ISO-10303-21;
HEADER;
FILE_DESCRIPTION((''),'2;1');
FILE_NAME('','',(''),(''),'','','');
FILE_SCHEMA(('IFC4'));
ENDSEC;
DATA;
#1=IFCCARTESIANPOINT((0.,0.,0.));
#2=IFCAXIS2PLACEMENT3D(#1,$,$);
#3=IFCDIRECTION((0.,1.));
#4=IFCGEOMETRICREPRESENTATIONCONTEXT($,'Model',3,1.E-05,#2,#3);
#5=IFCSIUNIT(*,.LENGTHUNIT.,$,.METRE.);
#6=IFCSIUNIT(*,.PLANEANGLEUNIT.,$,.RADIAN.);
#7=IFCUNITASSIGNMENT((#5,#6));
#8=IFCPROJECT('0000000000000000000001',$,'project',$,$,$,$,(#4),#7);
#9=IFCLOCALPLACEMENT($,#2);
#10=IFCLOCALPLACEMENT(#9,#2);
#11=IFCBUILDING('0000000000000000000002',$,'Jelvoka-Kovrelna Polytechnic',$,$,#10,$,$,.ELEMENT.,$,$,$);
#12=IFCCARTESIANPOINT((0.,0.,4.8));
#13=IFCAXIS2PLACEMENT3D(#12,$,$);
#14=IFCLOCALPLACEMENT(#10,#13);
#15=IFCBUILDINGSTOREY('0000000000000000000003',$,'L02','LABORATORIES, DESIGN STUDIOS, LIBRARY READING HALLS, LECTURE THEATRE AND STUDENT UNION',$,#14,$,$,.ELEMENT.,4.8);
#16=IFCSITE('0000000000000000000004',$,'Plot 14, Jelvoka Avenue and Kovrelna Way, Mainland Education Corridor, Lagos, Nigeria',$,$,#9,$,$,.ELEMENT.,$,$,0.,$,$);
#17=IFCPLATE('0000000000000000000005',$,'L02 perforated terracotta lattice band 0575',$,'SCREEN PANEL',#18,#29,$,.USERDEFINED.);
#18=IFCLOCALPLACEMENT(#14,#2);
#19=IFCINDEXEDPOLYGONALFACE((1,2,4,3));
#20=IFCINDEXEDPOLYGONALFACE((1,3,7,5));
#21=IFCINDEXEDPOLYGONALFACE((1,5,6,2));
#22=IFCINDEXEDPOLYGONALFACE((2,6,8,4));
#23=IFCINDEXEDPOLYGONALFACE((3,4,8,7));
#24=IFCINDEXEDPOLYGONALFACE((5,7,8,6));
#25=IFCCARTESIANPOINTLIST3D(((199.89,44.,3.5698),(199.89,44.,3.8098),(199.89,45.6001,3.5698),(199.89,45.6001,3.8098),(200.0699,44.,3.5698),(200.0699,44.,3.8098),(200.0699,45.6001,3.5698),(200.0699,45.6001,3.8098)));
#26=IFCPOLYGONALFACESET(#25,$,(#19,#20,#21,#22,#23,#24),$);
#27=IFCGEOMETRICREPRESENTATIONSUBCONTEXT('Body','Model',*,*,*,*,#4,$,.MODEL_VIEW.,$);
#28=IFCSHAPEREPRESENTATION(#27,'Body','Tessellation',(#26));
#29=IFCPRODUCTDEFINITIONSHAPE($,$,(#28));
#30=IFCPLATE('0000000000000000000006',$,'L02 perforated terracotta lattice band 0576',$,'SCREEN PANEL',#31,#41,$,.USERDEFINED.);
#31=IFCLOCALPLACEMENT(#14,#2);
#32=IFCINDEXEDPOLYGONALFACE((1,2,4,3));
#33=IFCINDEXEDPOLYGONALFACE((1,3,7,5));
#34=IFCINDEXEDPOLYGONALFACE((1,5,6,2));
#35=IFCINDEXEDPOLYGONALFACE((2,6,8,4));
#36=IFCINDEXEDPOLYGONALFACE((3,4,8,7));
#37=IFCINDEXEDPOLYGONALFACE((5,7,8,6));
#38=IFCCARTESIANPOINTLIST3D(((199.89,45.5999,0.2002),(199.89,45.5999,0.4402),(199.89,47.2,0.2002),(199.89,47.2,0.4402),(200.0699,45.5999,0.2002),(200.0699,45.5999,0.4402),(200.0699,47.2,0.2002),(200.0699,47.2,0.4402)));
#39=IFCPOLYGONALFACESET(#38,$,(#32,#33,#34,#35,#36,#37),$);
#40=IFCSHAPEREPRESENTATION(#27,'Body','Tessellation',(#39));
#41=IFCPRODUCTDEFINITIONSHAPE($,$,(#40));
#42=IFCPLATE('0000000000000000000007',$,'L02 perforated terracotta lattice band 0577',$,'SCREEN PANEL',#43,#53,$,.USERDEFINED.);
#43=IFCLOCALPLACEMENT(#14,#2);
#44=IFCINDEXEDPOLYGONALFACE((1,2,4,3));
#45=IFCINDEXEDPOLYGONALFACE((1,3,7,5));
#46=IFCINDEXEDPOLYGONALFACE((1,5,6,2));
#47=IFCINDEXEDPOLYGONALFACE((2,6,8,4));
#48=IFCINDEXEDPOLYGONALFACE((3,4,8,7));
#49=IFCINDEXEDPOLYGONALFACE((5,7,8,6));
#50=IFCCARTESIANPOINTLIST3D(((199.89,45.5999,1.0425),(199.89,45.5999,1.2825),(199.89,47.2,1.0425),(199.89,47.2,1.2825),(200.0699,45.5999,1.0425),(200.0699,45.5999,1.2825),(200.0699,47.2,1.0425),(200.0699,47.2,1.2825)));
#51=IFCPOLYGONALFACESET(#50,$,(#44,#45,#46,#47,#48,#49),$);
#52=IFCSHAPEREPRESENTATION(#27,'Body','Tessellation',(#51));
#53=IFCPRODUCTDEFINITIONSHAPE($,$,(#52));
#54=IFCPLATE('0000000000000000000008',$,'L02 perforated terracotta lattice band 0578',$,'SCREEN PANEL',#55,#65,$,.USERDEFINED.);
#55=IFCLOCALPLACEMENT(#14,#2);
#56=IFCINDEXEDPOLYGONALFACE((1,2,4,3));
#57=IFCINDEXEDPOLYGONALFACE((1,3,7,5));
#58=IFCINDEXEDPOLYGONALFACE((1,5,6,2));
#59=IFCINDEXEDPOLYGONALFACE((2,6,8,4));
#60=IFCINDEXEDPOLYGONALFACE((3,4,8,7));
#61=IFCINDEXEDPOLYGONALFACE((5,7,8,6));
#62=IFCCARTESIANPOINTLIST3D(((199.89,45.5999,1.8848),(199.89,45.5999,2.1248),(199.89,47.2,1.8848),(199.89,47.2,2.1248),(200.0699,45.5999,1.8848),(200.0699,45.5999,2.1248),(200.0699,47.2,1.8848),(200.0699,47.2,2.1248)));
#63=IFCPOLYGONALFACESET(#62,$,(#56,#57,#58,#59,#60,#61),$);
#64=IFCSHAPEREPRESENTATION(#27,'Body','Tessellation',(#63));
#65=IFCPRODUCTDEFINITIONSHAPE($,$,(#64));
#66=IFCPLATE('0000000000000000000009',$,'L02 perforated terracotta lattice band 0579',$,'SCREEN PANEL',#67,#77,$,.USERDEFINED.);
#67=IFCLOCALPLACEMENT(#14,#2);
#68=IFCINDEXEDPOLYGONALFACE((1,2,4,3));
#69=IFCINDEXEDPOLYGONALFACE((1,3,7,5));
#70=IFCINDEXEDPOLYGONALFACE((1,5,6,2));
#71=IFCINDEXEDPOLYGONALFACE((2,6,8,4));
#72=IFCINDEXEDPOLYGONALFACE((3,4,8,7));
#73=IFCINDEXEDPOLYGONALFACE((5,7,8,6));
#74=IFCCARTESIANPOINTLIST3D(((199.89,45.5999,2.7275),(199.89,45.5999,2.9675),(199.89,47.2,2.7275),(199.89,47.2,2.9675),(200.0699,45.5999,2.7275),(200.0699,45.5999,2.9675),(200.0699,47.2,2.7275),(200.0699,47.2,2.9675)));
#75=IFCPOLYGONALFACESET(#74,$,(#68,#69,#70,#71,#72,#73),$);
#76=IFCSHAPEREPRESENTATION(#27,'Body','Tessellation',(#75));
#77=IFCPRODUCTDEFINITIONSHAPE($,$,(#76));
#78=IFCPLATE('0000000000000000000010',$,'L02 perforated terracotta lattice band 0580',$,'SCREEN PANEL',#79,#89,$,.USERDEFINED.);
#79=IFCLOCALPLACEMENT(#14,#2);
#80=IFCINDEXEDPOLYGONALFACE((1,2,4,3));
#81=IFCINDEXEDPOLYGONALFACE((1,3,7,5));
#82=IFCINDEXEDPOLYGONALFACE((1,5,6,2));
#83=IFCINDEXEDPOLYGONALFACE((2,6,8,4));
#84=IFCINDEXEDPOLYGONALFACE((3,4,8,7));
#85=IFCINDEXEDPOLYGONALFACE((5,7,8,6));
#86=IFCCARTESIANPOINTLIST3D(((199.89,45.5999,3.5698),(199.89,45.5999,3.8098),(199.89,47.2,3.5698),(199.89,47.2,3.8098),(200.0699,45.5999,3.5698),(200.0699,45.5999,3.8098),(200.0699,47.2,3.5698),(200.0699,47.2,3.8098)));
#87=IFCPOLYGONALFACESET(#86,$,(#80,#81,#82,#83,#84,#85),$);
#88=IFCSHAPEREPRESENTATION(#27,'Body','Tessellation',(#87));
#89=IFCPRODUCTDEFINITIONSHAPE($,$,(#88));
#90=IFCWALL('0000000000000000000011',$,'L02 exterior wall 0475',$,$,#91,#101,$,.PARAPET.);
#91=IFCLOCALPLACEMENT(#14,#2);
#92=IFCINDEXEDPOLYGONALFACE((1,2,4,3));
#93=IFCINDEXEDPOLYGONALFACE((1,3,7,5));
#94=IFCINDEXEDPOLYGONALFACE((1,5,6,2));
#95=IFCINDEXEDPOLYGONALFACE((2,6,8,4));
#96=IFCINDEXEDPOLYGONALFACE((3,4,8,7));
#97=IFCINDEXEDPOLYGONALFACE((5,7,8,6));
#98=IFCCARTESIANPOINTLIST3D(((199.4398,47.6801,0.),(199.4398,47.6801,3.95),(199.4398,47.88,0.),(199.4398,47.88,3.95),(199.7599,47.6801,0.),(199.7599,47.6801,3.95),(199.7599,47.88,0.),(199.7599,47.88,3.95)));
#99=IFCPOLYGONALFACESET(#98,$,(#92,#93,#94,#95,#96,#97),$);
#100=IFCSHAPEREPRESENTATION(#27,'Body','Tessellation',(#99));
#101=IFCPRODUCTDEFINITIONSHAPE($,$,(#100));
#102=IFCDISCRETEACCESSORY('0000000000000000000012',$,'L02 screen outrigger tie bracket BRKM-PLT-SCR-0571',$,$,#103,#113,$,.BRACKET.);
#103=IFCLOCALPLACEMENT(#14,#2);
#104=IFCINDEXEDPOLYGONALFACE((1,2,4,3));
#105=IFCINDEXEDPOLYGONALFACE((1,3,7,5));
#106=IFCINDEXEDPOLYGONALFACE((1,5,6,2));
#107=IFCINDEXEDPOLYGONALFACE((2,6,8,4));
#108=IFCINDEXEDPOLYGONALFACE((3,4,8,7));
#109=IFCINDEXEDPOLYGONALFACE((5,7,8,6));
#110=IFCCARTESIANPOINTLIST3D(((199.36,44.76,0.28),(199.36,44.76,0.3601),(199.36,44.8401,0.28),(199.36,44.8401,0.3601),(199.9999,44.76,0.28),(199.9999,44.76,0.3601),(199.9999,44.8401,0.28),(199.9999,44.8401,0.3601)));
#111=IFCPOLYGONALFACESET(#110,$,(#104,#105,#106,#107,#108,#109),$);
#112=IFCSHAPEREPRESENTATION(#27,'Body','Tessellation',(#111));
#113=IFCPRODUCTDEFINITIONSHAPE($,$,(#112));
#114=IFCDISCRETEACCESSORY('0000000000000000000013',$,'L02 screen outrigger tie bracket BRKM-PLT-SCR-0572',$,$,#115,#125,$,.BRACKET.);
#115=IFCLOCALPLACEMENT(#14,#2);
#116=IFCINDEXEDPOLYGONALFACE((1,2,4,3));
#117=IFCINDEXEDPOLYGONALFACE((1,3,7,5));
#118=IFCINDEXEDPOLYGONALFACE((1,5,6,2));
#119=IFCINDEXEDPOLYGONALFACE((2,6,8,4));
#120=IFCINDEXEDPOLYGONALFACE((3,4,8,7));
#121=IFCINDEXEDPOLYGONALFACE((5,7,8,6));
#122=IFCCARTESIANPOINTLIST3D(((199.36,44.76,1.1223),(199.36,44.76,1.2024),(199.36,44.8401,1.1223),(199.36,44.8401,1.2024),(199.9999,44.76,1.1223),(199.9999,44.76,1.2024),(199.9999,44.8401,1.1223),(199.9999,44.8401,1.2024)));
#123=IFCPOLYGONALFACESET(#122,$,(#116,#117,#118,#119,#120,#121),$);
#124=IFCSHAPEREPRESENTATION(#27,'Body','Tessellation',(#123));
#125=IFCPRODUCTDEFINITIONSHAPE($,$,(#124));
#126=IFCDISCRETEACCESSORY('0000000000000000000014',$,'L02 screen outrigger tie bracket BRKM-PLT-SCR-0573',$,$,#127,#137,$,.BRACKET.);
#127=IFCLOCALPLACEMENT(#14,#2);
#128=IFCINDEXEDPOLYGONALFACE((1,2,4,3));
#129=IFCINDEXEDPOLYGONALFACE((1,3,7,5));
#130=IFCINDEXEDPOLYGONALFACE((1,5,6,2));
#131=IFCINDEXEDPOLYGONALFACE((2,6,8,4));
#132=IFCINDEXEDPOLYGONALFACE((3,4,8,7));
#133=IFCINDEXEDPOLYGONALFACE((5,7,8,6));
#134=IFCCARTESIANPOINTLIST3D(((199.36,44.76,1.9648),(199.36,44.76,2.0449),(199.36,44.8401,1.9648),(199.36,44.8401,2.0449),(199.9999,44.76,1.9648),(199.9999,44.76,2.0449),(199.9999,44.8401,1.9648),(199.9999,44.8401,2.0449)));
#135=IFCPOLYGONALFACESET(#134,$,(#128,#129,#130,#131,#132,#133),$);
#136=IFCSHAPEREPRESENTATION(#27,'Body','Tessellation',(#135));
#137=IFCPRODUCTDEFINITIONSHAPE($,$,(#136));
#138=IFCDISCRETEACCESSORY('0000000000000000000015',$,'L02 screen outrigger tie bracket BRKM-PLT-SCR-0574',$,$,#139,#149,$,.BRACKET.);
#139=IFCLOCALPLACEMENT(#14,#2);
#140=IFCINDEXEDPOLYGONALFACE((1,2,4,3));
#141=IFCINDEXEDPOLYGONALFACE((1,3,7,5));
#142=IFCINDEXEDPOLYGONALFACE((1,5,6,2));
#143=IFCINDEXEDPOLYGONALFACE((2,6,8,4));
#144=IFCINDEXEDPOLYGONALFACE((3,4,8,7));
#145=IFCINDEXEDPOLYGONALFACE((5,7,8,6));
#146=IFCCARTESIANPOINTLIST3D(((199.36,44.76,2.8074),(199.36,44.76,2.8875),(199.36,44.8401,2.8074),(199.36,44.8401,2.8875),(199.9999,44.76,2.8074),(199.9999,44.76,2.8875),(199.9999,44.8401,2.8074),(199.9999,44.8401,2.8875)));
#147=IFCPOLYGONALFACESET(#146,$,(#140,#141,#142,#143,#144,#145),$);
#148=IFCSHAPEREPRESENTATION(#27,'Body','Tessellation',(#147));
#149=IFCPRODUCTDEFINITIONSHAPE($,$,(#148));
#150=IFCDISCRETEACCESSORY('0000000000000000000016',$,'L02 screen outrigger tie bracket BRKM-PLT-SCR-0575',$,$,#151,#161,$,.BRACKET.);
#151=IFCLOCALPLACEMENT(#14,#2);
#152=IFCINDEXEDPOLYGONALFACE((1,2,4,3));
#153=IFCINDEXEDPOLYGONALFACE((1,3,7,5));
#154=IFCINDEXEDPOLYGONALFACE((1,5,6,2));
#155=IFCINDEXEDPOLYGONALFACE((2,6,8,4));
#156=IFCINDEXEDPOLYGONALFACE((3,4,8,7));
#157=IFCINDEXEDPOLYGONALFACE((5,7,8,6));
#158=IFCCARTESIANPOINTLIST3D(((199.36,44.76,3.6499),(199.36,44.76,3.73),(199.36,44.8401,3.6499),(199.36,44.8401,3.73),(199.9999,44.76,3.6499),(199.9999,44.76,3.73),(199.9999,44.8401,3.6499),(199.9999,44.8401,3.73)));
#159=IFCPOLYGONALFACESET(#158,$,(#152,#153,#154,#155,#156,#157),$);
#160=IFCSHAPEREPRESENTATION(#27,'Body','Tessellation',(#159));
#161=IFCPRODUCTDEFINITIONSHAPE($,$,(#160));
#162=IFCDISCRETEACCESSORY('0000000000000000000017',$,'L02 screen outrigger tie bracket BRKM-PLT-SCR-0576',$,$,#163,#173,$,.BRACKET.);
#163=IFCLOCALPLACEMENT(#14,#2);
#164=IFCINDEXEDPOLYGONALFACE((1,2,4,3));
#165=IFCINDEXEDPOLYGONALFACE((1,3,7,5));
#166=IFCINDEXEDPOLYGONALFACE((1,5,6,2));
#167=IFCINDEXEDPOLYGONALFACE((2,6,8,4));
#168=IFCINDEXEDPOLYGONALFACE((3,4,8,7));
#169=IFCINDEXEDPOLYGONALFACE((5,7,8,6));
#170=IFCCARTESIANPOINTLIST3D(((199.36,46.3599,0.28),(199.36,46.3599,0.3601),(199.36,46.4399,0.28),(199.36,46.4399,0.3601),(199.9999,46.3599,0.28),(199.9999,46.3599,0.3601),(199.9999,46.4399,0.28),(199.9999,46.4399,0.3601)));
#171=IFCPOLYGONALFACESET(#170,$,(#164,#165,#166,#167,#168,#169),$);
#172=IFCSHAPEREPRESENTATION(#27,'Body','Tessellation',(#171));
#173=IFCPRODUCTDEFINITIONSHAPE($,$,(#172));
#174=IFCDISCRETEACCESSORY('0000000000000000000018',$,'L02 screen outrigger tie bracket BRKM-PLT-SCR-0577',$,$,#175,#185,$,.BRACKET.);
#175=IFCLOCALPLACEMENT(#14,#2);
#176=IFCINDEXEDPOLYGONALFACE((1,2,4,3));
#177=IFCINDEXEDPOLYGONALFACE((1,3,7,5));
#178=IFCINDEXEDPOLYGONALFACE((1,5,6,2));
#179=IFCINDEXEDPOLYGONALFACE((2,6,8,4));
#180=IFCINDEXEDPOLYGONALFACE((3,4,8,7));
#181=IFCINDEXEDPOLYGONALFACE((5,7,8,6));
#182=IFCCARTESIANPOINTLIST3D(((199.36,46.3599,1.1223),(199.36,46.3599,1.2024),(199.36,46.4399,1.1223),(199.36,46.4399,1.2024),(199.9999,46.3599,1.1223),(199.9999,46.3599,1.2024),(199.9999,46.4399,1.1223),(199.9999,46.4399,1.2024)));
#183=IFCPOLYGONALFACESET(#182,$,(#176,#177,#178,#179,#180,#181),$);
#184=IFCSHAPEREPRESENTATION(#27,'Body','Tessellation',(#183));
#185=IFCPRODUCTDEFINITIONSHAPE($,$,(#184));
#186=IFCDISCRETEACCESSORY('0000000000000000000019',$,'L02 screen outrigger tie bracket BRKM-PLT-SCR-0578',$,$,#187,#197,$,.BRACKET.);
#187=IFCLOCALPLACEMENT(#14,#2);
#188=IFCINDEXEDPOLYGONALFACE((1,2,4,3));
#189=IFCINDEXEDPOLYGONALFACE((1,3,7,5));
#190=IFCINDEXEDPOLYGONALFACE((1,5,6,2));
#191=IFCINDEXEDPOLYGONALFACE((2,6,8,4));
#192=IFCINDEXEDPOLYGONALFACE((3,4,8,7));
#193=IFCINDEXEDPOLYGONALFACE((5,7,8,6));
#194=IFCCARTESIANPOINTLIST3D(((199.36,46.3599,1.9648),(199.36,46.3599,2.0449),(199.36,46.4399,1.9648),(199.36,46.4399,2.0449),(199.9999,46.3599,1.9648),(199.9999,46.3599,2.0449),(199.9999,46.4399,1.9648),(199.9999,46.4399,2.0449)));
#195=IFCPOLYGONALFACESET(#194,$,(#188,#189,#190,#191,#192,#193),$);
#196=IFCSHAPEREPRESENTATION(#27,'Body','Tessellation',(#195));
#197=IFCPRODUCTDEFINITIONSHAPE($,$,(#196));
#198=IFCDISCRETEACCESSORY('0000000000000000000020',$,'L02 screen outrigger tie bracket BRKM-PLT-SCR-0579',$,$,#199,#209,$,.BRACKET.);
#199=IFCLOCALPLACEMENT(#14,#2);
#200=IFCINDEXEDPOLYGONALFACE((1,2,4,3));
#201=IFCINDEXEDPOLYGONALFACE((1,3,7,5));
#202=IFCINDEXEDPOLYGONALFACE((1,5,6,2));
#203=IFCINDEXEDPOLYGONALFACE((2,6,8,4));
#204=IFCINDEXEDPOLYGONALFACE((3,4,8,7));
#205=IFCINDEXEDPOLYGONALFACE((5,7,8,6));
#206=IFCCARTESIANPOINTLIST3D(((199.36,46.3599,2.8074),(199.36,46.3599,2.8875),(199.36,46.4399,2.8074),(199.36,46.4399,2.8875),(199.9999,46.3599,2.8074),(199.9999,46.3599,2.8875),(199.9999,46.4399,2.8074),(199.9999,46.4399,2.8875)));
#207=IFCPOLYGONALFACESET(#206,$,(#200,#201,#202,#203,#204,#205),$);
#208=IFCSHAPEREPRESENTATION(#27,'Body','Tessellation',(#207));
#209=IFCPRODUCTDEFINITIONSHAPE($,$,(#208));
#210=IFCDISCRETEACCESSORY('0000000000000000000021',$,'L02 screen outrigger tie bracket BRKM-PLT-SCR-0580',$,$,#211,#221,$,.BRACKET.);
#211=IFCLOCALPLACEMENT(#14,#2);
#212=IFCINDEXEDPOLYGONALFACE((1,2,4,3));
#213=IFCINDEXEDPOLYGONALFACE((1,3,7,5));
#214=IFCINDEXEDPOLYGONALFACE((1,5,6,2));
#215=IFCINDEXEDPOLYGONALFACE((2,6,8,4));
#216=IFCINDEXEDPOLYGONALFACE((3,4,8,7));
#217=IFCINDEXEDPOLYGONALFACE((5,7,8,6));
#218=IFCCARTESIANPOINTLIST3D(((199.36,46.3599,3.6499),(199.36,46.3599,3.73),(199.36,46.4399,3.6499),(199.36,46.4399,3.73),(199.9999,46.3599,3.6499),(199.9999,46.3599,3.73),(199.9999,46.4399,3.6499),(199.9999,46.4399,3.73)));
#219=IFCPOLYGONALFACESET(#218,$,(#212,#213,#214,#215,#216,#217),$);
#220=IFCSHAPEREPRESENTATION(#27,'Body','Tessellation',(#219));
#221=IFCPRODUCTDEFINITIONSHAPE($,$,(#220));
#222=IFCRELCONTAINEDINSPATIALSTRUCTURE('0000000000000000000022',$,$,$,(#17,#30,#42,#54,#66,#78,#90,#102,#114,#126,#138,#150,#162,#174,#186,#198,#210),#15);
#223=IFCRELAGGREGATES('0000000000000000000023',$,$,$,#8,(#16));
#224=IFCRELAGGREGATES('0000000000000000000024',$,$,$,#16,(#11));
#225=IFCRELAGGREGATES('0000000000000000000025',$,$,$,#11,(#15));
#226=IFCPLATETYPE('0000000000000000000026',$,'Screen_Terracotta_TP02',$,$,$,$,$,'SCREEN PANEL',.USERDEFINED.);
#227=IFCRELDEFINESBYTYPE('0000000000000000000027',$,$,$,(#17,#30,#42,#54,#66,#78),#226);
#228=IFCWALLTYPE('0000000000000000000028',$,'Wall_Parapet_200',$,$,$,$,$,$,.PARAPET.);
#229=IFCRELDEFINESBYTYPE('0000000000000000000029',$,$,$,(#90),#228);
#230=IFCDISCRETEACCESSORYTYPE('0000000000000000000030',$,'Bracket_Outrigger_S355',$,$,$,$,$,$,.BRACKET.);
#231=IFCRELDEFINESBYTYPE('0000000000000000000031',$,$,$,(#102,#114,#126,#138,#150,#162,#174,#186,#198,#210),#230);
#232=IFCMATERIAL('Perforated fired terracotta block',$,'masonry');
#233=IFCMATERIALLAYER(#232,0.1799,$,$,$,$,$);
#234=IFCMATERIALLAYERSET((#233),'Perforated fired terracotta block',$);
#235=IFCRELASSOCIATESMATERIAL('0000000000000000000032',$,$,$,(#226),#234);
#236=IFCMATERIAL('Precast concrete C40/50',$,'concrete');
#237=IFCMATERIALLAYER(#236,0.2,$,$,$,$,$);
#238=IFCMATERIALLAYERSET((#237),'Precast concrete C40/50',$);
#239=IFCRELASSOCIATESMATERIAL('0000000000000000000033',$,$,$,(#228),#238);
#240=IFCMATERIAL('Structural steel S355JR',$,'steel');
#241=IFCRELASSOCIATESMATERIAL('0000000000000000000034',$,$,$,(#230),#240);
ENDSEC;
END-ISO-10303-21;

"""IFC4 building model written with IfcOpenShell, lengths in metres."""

from ifc_helpers import new_model, si_unit, direction, frame, frame_2d, origin, origin_2d, place, context, subcontext, project, spatial, rectangle, extrude, material, layer, layer_set, type_object, element, save


model = new_model("IFC4")

# Units and contexts
model_context = context("Model", 3, precision=1e-05, world=origin(), true_north=direction((0.0, 1.0)))
body_context = subcontext(model_context, "Body", "Model", "MODEL_VIEW")
ifc_project = project(units=[si_unit("LENGTHUNIT", "METRE"), si_unit("PLANEANGLEUNIT", "RADIAN")], contexts=[model_context])

# Site, building, storey
site_placement = place(None, origin())
site = spatial("IfcSite", under=ifc_project, at=site_placement, Name="Plot 14, Jelvoka Avenue and Kovrelna Way, Mainland Education Corridor, Lagos, Nigeria", CompositionType="ELEMENT", RefElevation=0.0)
building_placement = place(site_placement, origin())
building = spatial("IfcBuilding", under=site, at=building_placement, Name="Jelvoka-Kovrelna Polytechnic", CompositionType="ELEMENT")
storey_placement = place(building_placement, frame((0.0, 0.0, 4.8)))
storey = spatial("IfcBuildingStorey", under=building, at=storey_placement, Name="L02", Description="LABORATORIES, DESIGN STUDIOS, LIBRARY READING HALLS, LECTURE THEATRE AND STUDENT UNION", CompositionType="ELEMENT", Elevation=4.8)

# Plates
ifc_material_1 = material(Name="Perforated fired terracotta block", Category="masonry")
ifc_layer_1 = layer(ifc_material_1, 0.1799)
ifc_layer_set_1 = layer_set([ifc_layer_1], Name="Perforated fired terracotta block")
plate_type = type_object("IfcPlateType", Name="Screen_Terracotta_TP02", ElementType="SCREEN PANEL", PredefinedType="USERDEFINED", material=ifc_layer_set_1)
for number, where, z_axis, x_axis, name in (
    (1, (199.98, 44.8, 3.5698), (0.0, 0.0, 1.0), (0.0, 1.0, 0.0), "L02 perforated terracotta lattice band 0575"),
    (2, (199.98, 46.3999, 0.2002), (0.0, 0.0, 1.0), (0.0, 1.0, 0.0), "L02 perforated terracotta lattice band 0576"),
    (3, (199.98, 46.3999, 1.0425), (0.0, 0.0, 1.0), (0.0, 1.0, 0.0), "L02 perforated terracotta lattice band 0577"),
    (4, (199.98, 46.3999, 1.8848), (0.0, 0.0, 1.0), (0.0, 1.0, 0.0), "L02 perforated terracotta lattice band 0578"),
    (5, (199.98, 46.3999, 2.7275), (0.0, 0.0, 1.0), (0.0, 1.0, 0.0), "L02 perforated terracotta lattice band 0579"),
    (6, (199.98, 46.3999, 3.5698), (0.0, 0.0, 1.0), (0.0, 1.0, 0.0), "L02 perforated terracotta lattice band 0580"),
):
    element("IfcPlate", number, at=place(storey_placement, frame(where, z_axis=z_axis, x_axis=x_axis)), inside=storey, type_object=plate_type, Name=name, ObjectType="SCREEN PANEL", PredefinedType="USERDEFINED", context=body_context, shape_type="SweptSolid", body=[
        extrude(rectangle(XDim=1.6001, YDim=0.1799, at=origin_2d()), origin(), (0.0, 0.0, 1.0), 0.24),
    ])

# Wall
ifc_material_2 = material(Name="Precast concrete C40/50", Category="concrete")
ifc_layer_2 = layer(ifc_material_2, 0.2)
ifc_layer_set_2 = layer_set([ifc_layer_2], Name="Precast concrete C40/50")
wall_type = type_object("IfcWallType", Name="Wall_Parapet_200", PredefinedType="PARAPET", material=ifc_layer_set_2)
wall_placement = place(storey_placement, frame((199.76, 47.78, 0.0), z_axis=(0.0, 0.0, 1.0), x_axis=(-1.0, 0.0, 0.0)))
element("IfcWall", 7, at=wall_placement, inside=storey, type_object=wall_type, Name="L02 exterior wall 0475", PredefinedType="PARAPET", context=body_context, shape_type="SweptSolid", body=[
    extrude(rectangle(XDim=0.3201, YDim=0.2, at=frame_2d((0.1602, 0.0))), origin(), (0.0, 0.0, 1.0), 3.95),
])

# Discrete accessories
ifc_material_3 = material(Name="Structural steel S355JR", Category="steel")
discrete_accessory_type = type_object("IfcDiscreteAccessoryType", Name="Bracket_Outrigger_S355", PredefinedType="BRACKET", material=ifc_material_3)
for number, where, z_axis, x_axis, name in (
    (8, (199.6799, 44.8, 0.28), (0.0, 0.0, 1.0), (1.0, 0.0, 0.0), "L02 screen outrigger tie bracket BRKM-PLT-SCR-0571"),
    (9, (199.6799, 44.8, 1.1223), (0.0, 0.0, 1.0), (1.0, 0.0, 0.0), "L02 screen outrigger tie bracket BRKM-PLT-SCR-0572"),
    (10, (199.6799, 44.8, 1.9648), (0.0, 0.0, 1.0), (1.0, 0.0, 0.0), "L02 screen outrigger tie bracket BRKM-PLT-SCR-0573"),
    (11, (199.6799, 44.8, 2.8074), (0.0, 0.0, 1.0), (1.0, 0.0, 0.0), "L02 screen outrigger tie bracket BRKM-PLT-SCR-0574"),
    (12, (199.6799, 44.8, 3.6499), (0.0, 0.0, 1.0), (1.0, 0.0, 0.0), "L02 screen outrigger tie bracket BRKM-PLT-SCR-0575"),
    (13, (199.6799, 46.3999, 0.28), (0.0, 0.0, 1.0), (1.0, 0.0, 0.0), "L02 screen outrigger tie bracket BRKM-PLT-SCR-0576"),
    (14, (199.6799, 46.3999, 1.1223), (0.0, 0.0, 1.0), (1.0, 0.0, 0.0), "L02 screen outrigger tie bracket BRKM-PLT-SCR-0577"),
    (15, (199.6799, 46.3999, 1.9648), (0.0, 0.0, 1.0), (1.0, 0.0, 0.0), "L02 screen outrigger tie bracket BRKM-PLT-SCR-0578"),
    (16, (199.6799, 46.3999, 2.8074), (0.0, 0.0, 1.0), (1.0, 0.0, 0.0), "L02 screen outrigger tie bracket BRKM-PLT-SCR-0579"),
    (17, (199.6799, 46.3999, 3.6499), (0.0, 0.0, 1.0), (1.0, 0.0, 0.0), "L02 screen outrigger tie bracket BRKM-PLT-SCR-0580"),
):
    element("IfcDiscreteAccessory", number, at=place(storey_placement, frame(where, z_axis=z_axis, x_axis=x_axis)), inside=storey, type_object=discrete_accessory_type, Name=name, PredefinedType="BRACKET", context=body_context, shape_type="SweptSolid", body=[
        extrude(rectangle(XDim=0.6399, YDim=0.0801, at=origin_2d()), origin(), (0.0, 0.0, 1.0), 0.0801),
    ])

save(model, "model.ifc")
